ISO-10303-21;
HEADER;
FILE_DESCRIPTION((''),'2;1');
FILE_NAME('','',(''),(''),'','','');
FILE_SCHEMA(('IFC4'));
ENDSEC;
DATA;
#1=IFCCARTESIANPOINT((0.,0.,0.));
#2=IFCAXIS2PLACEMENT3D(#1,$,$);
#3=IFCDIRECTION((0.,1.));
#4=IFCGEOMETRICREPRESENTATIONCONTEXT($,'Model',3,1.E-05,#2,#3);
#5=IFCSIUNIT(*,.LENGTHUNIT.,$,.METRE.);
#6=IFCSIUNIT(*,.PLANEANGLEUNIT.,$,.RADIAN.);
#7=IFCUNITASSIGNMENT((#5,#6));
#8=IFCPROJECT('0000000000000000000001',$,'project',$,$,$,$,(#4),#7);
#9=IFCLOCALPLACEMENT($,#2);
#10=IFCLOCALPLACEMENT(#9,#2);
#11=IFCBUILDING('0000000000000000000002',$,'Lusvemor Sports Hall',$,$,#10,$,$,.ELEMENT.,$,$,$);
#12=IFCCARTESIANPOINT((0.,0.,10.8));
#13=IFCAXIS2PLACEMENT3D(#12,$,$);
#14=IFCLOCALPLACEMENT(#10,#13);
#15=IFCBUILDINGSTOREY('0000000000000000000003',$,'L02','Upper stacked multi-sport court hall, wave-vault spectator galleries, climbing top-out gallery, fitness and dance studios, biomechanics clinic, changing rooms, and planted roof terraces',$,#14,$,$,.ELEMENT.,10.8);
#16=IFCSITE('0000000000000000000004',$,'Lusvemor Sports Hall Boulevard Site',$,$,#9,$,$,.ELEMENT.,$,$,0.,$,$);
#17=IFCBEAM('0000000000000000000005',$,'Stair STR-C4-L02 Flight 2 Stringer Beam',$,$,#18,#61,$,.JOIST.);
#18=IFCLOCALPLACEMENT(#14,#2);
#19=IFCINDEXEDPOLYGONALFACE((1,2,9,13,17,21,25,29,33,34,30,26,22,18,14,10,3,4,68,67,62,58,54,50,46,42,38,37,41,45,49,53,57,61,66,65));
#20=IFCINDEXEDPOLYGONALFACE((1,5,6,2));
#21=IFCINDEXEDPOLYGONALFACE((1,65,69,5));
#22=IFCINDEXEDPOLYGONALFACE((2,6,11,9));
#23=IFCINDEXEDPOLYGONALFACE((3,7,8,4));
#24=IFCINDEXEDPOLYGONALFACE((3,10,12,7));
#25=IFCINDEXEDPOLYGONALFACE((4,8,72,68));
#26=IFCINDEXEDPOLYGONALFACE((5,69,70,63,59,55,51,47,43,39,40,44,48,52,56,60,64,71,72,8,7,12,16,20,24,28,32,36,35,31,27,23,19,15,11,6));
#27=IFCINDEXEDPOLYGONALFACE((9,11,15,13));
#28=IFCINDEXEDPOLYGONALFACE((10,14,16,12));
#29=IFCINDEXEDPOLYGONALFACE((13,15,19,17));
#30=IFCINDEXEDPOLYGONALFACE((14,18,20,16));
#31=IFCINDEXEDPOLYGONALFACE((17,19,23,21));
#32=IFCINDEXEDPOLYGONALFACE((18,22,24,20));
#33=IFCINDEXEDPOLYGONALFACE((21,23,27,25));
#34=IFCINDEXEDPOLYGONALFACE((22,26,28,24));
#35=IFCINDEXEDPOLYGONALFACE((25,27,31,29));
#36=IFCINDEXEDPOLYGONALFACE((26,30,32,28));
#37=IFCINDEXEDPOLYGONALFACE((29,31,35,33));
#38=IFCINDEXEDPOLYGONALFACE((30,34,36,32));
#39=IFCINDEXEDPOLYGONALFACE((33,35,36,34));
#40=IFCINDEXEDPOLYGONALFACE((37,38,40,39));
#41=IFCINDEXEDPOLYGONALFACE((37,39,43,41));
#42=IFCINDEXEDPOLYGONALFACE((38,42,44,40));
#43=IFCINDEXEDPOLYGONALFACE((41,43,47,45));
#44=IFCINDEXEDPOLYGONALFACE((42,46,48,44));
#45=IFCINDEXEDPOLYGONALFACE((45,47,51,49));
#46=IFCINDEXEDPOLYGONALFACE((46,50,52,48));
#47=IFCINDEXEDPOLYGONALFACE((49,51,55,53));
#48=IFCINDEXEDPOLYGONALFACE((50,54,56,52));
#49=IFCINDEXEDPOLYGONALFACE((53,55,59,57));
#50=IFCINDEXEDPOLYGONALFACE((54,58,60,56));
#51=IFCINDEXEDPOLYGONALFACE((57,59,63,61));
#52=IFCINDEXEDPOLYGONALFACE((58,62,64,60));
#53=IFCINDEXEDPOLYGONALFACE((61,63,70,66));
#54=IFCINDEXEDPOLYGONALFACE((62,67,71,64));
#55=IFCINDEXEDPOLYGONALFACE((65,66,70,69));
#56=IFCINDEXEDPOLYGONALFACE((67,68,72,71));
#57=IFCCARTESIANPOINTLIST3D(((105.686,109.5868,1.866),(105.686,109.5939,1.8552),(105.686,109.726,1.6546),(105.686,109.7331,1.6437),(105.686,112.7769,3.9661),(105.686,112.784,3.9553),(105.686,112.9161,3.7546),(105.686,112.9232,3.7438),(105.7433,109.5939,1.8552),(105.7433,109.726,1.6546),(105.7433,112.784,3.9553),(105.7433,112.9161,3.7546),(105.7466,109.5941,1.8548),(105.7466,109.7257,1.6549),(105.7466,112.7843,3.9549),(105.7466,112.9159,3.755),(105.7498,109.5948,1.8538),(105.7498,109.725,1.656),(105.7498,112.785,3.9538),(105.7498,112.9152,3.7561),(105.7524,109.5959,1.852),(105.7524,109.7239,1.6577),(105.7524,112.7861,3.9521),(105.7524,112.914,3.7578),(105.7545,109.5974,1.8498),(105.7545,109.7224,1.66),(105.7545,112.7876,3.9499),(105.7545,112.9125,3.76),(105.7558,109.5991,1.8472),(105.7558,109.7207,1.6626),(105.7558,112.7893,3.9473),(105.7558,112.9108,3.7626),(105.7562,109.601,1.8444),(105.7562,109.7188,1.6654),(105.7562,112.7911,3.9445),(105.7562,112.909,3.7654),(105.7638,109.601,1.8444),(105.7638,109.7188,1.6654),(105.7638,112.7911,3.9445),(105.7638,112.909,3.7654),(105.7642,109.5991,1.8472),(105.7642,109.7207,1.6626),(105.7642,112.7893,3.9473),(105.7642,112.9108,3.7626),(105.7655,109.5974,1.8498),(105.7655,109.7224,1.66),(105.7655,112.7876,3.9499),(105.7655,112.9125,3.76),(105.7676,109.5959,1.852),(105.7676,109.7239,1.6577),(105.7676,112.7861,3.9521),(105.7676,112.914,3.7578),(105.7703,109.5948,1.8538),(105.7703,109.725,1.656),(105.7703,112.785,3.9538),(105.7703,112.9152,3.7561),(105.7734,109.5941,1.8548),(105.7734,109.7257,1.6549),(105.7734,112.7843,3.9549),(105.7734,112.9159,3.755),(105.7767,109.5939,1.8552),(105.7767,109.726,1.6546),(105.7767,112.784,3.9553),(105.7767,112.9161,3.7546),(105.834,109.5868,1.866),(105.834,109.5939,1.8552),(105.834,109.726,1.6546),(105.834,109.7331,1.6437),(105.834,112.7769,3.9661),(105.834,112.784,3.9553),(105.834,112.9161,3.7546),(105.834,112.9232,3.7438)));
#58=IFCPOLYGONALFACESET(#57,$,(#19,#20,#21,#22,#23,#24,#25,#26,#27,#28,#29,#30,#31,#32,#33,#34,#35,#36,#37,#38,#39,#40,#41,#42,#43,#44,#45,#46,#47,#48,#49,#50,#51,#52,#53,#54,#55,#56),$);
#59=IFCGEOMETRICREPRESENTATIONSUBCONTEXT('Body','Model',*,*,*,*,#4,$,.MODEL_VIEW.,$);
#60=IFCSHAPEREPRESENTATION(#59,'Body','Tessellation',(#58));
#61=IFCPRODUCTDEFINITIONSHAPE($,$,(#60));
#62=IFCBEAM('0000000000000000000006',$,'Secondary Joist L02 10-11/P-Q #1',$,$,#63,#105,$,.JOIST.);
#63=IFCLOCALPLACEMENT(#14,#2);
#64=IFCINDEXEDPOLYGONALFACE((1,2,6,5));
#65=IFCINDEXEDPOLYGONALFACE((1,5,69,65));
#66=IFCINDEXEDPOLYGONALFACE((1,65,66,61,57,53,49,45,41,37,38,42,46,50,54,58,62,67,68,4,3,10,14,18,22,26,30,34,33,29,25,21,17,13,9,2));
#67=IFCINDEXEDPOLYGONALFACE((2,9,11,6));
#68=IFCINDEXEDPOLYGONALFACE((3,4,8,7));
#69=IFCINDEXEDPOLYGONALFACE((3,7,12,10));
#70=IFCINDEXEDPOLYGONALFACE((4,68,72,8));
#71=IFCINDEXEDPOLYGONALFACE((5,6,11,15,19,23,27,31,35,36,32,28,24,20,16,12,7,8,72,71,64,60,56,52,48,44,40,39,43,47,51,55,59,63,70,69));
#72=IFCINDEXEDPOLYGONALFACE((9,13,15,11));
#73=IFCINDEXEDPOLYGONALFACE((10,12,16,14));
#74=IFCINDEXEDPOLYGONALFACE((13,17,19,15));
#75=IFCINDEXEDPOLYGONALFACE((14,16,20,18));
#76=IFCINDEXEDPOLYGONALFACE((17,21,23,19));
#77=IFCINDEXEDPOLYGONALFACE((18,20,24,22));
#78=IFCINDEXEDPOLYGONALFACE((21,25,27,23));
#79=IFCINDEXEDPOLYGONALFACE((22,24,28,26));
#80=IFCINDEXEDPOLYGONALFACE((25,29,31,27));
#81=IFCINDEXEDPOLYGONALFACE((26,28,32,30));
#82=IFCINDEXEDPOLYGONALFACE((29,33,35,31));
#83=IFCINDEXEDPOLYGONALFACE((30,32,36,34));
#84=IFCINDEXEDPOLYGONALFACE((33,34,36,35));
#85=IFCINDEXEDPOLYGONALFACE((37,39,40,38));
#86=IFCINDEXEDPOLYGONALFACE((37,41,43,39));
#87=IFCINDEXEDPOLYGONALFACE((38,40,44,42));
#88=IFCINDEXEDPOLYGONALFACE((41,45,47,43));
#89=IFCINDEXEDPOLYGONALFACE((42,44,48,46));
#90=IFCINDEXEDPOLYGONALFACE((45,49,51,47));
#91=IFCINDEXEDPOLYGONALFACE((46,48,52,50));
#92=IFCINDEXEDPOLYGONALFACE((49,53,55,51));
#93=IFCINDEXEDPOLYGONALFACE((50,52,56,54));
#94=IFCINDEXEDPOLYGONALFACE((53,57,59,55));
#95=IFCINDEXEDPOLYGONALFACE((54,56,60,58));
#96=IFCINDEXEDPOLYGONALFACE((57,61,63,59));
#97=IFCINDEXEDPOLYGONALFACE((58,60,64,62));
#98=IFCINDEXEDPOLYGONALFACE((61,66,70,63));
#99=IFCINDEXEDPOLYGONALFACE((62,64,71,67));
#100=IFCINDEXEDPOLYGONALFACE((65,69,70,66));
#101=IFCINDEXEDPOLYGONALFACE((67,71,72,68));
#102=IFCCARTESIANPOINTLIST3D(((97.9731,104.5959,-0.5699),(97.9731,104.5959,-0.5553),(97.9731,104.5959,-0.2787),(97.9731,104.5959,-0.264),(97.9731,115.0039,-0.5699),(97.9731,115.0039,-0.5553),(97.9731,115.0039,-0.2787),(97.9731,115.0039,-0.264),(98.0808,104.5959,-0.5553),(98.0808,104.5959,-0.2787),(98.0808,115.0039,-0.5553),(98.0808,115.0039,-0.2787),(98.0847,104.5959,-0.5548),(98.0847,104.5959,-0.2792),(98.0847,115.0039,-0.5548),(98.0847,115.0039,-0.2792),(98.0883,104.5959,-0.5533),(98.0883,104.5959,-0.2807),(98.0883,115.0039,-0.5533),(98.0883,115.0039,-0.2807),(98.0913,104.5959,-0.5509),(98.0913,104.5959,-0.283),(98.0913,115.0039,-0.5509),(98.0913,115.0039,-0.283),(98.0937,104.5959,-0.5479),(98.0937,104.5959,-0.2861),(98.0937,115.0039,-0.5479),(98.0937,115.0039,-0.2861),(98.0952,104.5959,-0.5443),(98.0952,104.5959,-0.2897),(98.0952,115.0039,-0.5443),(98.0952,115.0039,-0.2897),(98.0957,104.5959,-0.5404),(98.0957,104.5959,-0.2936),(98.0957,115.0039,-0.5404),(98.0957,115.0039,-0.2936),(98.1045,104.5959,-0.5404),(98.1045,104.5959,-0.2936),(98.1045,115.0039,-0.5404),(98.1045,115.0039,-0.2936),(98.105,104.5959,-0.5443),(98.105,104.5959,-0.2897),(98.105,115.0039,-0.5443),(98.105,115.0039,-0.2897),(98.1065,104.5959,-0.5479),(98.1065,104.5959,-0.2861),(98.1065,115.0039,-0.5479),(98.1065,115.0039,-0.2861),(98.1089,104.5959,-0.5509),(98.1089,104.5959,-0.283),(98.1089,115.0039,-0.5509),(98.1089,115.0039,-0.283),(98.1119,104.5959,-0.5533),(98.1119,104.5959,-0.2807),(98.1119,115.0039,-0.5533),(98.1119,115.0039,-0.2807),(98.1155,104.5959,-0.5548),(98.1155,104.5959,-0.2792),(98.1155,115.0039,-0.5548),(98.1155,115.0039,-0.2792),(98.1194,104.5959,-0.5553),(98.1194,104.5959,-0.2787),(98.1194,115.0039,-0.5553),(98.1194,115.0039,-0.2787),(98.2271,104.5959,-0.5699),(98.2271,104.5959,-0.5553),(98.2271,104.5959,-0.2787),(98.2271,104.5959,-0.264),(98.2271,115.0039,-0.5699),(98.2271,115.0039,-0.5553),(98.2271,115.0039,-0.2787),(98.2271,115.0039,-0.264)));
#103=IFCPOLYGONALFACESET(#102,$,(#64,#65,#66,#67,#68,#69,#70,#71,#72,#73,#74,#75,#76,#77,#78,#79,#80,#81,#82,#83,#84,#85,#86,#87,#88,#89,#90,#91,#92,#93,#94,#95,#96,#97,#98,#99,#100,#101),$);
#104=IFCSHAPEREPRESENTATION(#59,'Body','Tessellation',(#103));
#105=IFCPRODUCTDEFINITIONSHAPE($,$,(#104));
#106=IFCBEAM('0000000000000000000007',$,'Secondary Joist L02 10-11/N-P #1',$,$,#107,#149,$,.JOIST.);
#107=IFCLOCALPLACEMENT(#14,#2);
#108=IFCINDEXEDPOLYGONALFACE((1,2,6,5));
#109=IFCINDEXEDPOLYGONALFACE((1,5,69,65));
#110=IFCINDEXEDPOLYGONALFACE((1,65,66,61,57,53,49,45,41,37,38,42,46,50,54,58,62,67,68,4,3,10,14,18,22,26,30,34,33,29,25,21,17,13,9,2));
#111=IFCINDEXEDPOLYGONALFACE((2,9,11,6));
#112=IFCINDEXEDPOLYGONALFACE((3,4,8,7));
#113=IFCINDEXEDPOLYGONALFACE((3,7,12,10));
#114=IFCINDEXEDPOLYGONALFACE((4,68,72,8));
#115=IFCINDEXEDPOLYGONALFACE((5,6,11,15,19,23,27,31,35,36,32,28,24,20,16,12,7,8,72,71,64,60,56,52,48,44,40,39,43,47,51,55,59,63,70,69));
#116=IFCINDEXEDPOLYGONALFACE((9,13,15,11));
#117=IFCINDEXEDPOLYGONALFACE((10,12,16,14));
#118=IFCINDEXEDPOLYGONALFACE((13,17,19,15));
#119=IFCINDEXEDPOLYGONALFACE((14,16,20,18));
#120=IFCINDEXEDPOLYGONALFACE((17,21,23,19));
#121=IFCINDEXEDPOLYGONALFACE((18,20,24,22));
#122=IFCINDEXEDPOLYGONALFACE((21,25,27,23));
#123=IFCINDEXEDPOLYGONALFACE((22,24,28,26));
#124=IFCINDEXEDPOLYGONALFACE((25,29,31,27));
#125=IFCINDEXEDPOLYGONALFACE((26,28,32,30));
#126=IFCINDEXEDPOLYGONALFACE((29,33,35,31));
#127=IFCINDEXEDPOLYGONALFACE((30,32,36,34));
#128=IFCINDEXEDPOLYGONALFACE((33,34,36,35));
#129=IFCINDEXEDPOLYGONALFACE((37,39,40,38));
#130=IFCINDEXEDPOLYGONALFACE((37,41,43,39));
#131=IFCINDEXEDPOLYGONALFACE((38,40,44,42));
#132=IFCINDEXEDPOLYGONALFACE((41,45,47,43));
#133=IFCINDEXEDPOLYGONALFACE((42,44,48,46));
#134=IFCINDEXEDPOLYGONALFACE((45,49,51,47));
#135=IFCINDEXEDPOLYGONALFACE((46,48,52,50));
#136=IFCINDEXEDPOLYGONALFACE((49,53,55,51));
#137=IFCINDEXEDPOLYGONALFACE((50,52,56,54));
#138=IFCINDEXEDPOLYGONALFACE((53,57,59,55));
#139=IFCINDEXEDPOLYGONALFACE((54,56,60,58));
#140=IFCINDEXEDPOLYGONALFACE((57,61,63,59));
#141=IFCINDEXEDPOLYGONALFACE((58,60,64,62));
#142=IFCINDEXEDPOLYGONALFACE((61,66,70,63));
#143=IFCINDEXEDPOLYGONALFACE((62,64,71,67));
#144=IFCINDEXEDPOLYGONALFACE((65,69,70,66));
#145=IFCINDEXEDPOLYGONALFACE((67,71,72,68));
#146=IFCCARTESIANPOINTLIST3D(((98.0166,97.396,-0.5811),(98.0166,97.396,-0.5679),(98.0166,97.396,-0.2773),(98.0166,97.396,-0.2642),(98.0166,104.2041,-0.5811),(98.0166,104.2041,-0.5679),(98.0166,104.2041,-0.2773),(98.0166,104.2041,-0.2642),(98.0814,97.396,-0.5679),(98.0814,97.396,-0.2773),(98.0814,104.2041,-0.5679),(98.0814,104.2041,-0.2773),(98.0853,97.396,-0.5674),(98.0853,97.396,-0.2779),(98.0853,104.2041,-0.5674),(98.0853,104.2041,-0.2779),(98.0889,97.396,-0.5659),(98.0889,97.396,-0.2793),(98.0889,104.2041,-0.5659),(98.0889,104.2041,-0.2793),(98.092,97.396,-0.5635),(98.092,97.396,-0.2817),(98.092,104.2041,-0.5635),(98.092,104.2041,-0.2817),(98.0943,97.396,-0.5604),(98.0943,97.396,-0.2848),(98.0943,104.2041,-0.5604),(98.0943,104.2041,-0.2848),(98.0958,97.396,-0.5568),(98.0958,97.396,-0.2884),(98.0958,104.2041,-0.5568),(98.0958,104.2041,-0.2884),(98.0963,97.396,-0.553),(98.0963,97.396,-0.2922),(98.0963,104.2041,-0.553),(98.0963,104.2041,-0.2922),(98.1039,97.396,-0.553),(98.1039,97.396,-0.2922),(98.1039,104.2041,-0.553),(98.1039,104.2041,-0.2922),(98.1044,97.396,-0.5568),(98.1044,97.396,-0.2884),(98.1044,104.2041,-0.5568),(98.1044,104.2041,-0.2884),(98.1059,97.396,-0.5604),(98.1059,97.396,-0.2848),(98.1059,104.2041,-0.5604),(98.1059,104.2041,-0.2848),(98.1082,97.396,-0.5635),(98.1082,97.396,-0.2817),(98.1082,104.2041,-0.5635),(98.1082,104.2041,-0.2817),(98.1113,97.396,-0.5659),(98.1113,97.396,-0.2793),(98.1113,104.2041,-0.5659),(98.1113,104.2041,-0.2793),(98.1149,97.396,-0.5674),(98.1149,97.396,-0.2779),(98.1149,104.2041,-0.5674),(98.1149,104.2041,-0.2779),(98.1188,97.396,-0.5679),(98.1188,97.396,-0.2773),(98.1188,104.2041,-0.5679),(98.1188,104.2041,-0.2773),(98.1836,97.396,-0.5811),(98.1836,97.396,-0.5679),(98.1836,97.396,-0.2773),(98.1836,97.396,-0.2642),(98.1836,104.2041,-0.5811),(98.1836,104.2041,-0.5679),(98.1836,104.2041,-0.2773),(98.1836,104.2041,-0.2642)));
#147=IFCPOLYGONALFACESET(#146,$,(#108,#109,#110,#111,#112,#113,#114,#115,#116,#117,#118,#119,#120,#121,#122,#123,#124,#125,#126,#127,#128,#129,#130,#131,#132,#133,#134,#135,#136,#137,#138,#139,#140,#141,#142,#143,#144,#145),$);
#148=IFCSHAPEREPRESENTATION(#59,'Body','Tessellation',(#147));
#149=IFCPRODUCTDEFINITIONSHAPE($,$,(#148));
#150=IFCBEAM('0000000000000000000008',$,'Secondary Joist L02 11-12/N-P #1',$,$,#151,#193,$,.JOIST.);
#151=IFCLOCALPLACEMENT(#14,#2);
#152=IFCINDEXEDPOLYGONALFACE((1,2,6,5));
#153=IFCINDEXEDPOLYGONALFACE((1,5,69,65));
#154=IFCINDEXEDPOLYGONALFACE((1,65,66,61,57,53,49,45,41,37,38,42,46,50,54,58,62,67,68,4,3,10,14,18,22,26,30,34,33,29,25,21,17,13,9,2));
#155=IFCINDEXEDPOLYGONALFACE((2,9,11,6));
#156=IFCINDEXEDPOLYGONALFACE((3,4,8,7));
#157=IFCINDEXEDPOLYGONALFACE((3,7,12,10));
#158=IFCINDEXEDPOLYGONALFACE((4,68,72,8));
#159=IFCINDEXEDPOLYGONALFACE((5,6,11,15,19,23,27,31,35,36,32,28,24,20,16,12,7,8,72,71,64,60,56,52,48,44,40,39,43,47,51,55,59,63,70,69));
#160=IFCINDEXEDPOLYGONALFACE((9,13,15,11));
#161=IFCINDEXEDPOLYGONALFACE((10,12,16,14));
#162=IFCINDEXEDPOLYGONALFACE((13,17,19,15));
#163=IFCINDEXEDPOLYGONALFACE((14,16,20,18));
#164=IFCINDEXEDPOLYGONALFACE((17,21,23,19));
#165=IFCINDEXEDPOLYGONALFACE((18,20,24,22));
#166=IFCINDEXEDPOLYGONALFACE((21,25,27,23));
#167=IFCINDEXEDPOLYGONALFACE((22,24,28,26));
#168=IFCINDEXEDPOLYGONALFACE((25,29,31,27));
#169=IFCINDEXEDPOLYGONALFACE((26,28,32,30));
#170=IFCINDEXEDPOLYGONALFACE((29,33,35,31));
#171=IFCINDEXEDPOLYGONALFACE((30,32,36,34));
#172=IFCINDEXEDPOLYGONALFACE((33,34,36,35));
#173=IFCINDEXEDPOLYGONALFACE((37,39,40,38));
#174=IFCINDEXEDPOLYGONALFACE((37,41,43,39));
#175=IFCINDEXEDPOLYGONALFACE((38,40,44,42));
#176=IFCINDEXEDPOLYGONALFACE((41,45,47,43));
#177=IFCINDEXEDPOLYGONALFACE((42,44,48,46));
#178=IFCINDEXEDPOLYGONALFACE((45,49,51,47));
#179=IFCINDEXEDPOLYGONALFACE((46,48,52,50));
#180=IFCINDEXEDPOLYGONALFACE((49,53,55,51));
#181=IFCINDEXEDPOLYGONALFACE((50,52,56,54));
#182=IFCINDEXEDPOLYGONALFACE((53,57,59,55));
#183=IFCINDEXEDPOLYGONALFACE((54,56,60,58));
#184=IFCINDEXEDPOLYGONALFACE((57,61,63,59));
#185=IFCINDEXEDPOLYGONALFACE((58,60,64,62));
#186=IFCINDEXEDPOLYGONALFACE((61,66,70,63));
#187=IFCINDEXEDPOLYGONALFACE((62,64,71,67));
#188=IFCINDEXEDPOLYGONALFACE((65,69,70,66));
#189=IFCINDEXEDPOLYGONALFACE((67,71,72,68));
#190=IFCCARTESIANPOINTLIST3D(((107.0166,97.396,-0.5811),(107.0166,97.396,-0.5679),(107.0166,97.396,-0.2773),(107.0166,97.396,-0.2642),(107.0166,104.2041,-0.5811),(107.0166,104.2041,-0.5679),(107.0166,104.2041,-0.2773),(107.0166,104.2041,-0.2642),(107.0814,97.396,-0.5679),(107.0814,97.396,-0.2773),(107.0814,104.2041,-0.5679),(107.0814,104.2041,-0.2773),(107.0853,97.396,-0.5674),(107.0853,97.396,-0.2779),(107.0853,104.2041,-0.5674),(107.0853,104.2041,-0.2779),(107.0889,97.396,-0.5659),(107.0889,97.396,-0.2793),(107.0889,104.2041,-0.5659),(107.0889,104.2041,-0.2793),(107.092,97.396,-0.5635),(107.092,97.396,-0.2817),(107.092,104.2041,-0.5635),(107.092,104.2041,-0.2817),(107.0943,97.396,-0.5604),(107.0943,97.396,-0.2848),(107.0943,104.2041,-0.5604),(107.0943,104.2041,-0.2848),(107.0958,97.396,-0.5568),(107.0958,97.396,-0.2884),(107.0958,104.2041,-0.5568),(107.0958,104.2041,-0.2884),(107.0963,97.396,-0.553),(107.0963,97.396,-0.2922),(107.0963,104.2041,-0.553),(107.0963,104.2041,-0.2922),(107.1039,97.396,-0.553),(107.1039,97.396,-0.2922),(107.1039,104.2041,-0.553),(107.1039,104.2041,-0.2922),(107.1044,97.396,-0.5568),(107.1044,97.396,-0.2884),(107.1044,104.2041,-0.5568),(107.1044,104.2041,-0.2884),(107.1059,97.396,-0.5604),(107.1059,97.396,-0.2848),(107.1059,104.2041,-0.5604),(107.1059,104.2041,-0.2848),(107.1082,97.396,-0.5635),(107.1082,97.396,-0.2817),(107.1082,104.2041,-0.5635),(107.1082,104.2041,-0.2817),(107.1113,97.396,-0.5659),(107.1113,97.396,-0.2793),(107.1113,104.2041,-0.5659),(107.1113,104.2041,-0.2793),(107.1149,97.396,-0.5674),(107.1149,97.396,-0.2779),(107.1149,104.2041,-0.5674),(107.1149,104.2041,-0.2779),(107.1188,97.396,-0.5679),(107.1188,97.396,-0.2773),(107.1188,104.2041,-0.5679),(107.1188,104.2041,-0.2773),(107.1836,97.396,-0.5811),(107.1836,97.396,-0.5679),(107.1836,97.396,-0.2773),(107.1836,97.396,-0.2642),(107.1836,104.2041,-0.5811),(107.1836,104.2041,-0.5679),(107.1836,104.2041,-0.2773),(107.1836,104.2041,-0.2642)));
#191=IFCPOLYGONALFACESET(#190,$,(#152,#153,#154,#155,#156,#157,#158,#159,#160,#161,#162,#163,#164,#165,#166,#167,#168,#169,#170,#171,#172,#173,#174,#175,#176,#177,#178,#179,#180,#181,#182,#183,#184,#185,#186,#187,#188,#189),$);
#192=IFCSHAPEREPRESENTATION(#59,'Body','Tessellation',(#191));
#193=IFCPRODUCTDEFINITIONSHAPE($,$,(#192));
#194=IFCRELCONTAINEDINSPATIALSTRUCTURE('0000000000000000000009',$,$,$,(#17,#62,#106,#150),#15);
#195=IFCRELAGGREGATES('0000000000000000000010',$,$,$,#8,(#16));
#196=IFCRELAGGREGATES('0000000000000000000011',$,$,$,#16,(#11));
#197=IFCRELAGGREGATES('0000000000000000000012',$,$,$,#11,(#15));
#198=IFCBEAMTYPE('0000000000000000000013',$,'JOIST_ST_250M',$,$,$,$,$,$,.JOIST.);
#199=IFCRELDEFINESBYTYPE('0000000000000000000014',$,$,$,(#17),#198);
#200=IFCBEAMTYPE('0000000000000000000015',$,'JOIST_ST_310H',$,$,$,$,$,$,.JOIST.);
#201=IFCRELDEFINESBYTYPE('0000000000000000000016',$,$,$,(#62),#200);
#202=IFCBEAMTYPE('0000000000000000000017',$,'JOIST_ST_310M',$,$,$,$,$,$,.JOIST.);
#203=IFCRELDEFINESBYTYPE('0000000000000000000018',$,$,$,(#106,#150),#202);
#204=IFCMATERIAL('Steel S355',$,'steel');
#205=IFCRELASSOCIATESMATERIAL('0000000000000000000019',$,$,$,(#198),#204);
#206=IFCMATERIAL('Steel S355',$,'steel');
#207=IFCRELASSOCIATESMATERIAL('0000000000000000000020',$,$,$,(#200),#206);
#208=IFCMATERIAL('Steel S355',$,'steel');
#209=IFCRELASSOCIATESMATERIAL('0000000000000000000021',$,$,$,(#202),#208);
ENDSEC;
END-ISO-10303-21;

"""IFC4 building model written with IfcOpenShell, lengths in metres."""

from ifc_helpers import new_model, si_unit, direction, frame, origin, origin_2d, place, context, subcontext, project, spatial, i_section, extrude, material, material_profile, profile_set, type_object, element, save


model = new_model("IFC4")

# Units and contexts
model_context = context("Model", 3, precision=1e-05, world=origin(), true_north=direction((0.0, 1.0)))
body_context = subcontext(model_context, "Body", "Model", "MODEL_VIEW")
ifc_project = project(units=[si_unit("LENGTHUNIT", "METRE"), si_unit("PLANEANGLEUNIT", "RADIAN")], contexts=[model_context])

# Site, building, storey
site_placement = place(None, origin())
site = spatial("IfcSite", under=ifc_project, at=site_placement, Name="Lusvemor Sports Hall Boulevard Site", CompositionType="ELEMENT", RefElevation=0.0)
building_placement = place(site_placement, origin())
building = spatial("IfcBuilding", under=site, at=building_placement, Name="Lusvemor Sports Hall", CompositionType="ELEMENT")
storey_placement = place(building_placement, frame((0.0, 0.0, 10.8)))
storey = spatial("IfcBuildingStorey", under=building, at=storey_placement, Name="L02", Description="Upper stacked multi-sport court hall, wave-vault spectator galleries, climbing top-out gallery, fitness and dance studios, biomechanics clinic, changing rooms, and planted roof terraces", CompositionType="ELEMENT", Elevation=10.8)

# Beams
ifc_material_1 = material(Name="Steel S355", Category="steel")
ifc_material_profile_1 = material_profile(ifc_material_1, i_section(OverallWidth=0.1479, OverallDepth=0.2661, WebThickness=0.0076, FlangeThickness=0.0129, FilletRadius=0.0129, at=origin_2d()), Name="W250x44.8")
ifc_profile_set_1 = profile_set([ifc_material_profile_1], Name="Steel S355")
beam_type_1 = type_object("IfcBeamType", Name="JOIST_ST_250M", PredefinedType="JOIST", material=ifc_profile_set_1)
beam_1_placement = place(storey_placement, frame((105.76, 109.6599, 1.7549), z_axis=(0.0, 0.835262, 0.549852), x_axis=(-1.0, 0.0, 0.0)))
element("IfcBeam", 1, at=beam_1_placement, inside=storey, type_object=beam_type_1, Name="Stair STR-C4-L02 Flight 2 Stringer Beam", PredefinedType="JOIST", context=body_context, shape_type="SweptSolid", body=[
    extrude(i_section(OverallWidth=0.1479, OverallDepth=0.2661, WebThickness=0.0076, FlangeThickness=0.0129, FilletRadius=0.0129, at=origin_2d()), origin(), (0.0, 0.0, 1.0), 3.8193),
])
ifc_material_2 = material(Name="Steel S355", Category="steel")
ifc_material_profile_2 = material_profile(ifc_material_2, i_section(OverallWidth=0.2539, OverallDepth=0.3059, WebThickness=0.0088, FlangeThickness=0.0146, FilletRadius=0.0149, at=origin_2d()), Name="W310x79.0")
ifc_profile_set_2 = profile_set([ifc_material_profile_2], Name="Steel S355")
beam_type_2 = type_object("IfcBeamType", Name="JOIST_ST_310H", PredefinedType="JOIST", material=ifc_profile_set_2)
beam_2_placement = place(storey_placement, frame((98.1001, 104.5959, -0.417), z_axis=(0.0, 1.0, 0.0), x_axis=(-1.0, 0.0, 0.0)))
element("IfcBeam", 2, at=beam_2_placement, inside=storey, type_object=beam_type_2, Name="Secondary Joist L02 10-11/P-Q #1", PredefinedType="JOIST", context=body_context, shape_type="SweptSolid", body=[
    extrude(i_section(OverallWidth=0.2539, OverallDepth=0.3059, WebThickness=0.0088, FlangeThickness=0.0146, FilletRadius=0.0149, at=origin_2d()), origin(), (0.0, 0.0, 1.0), 10.408),
])
ifc_material_3 = material(Name="Steel S355", Category="steel")
ifc_material_profile_3 = material_profile(ifc_material_3, i_section(OverallWidth=0.167, OverallDepth=0.3169, WebThickness=0.0076, FlangeThickness=0.0132, FilletRadius=0.0149, at=origin_2d()), Name="W310x52.0")
ifc_profile_set_3 = profile_set([ifc_material_profile_3], Name="Steel S355")
beam_type_3 = type_object("IfcBeamType", Name="JOIST_ST_310M", PredefinedType="JOIST", material=ifc_profile_set_3)
for number, where, z_axis, x_axis, name in (
    (3, (98.1001, 97.396, -0.4226), (0.0, 1.0, 0.0), (-1.0, 0.0, 0.0), "Secondary Joist L02 10-11/N-P #1"),
    (4, (107.1001, 97.396, -0.4226), (0.0, 1.0, 0.0), (-1.0, 0.0, 0.0), "Secondary Joist L02 11-12/N-P #1"),
):
    element("IfcBeam", number, at=place(storey_placement, frame(where, z_axis=z_axis, x_axis=x_axis)), inside=storey, type_object=beam_type_3, Name=name, PredefinedType="JOIST", context=body_context, shape_type="SweptSolid", body=[
        extrude(i_section(OverallWidth=0.167, OverallDepth=0.3169, WebThickness=0.0076, FlangeThickness=0.0132, FilletRadius=0.0149, at=origin_2d()), origin(), (0.0, 0.0, 1.0), 6.8081),
    ])

save(model, "model.ifc")
